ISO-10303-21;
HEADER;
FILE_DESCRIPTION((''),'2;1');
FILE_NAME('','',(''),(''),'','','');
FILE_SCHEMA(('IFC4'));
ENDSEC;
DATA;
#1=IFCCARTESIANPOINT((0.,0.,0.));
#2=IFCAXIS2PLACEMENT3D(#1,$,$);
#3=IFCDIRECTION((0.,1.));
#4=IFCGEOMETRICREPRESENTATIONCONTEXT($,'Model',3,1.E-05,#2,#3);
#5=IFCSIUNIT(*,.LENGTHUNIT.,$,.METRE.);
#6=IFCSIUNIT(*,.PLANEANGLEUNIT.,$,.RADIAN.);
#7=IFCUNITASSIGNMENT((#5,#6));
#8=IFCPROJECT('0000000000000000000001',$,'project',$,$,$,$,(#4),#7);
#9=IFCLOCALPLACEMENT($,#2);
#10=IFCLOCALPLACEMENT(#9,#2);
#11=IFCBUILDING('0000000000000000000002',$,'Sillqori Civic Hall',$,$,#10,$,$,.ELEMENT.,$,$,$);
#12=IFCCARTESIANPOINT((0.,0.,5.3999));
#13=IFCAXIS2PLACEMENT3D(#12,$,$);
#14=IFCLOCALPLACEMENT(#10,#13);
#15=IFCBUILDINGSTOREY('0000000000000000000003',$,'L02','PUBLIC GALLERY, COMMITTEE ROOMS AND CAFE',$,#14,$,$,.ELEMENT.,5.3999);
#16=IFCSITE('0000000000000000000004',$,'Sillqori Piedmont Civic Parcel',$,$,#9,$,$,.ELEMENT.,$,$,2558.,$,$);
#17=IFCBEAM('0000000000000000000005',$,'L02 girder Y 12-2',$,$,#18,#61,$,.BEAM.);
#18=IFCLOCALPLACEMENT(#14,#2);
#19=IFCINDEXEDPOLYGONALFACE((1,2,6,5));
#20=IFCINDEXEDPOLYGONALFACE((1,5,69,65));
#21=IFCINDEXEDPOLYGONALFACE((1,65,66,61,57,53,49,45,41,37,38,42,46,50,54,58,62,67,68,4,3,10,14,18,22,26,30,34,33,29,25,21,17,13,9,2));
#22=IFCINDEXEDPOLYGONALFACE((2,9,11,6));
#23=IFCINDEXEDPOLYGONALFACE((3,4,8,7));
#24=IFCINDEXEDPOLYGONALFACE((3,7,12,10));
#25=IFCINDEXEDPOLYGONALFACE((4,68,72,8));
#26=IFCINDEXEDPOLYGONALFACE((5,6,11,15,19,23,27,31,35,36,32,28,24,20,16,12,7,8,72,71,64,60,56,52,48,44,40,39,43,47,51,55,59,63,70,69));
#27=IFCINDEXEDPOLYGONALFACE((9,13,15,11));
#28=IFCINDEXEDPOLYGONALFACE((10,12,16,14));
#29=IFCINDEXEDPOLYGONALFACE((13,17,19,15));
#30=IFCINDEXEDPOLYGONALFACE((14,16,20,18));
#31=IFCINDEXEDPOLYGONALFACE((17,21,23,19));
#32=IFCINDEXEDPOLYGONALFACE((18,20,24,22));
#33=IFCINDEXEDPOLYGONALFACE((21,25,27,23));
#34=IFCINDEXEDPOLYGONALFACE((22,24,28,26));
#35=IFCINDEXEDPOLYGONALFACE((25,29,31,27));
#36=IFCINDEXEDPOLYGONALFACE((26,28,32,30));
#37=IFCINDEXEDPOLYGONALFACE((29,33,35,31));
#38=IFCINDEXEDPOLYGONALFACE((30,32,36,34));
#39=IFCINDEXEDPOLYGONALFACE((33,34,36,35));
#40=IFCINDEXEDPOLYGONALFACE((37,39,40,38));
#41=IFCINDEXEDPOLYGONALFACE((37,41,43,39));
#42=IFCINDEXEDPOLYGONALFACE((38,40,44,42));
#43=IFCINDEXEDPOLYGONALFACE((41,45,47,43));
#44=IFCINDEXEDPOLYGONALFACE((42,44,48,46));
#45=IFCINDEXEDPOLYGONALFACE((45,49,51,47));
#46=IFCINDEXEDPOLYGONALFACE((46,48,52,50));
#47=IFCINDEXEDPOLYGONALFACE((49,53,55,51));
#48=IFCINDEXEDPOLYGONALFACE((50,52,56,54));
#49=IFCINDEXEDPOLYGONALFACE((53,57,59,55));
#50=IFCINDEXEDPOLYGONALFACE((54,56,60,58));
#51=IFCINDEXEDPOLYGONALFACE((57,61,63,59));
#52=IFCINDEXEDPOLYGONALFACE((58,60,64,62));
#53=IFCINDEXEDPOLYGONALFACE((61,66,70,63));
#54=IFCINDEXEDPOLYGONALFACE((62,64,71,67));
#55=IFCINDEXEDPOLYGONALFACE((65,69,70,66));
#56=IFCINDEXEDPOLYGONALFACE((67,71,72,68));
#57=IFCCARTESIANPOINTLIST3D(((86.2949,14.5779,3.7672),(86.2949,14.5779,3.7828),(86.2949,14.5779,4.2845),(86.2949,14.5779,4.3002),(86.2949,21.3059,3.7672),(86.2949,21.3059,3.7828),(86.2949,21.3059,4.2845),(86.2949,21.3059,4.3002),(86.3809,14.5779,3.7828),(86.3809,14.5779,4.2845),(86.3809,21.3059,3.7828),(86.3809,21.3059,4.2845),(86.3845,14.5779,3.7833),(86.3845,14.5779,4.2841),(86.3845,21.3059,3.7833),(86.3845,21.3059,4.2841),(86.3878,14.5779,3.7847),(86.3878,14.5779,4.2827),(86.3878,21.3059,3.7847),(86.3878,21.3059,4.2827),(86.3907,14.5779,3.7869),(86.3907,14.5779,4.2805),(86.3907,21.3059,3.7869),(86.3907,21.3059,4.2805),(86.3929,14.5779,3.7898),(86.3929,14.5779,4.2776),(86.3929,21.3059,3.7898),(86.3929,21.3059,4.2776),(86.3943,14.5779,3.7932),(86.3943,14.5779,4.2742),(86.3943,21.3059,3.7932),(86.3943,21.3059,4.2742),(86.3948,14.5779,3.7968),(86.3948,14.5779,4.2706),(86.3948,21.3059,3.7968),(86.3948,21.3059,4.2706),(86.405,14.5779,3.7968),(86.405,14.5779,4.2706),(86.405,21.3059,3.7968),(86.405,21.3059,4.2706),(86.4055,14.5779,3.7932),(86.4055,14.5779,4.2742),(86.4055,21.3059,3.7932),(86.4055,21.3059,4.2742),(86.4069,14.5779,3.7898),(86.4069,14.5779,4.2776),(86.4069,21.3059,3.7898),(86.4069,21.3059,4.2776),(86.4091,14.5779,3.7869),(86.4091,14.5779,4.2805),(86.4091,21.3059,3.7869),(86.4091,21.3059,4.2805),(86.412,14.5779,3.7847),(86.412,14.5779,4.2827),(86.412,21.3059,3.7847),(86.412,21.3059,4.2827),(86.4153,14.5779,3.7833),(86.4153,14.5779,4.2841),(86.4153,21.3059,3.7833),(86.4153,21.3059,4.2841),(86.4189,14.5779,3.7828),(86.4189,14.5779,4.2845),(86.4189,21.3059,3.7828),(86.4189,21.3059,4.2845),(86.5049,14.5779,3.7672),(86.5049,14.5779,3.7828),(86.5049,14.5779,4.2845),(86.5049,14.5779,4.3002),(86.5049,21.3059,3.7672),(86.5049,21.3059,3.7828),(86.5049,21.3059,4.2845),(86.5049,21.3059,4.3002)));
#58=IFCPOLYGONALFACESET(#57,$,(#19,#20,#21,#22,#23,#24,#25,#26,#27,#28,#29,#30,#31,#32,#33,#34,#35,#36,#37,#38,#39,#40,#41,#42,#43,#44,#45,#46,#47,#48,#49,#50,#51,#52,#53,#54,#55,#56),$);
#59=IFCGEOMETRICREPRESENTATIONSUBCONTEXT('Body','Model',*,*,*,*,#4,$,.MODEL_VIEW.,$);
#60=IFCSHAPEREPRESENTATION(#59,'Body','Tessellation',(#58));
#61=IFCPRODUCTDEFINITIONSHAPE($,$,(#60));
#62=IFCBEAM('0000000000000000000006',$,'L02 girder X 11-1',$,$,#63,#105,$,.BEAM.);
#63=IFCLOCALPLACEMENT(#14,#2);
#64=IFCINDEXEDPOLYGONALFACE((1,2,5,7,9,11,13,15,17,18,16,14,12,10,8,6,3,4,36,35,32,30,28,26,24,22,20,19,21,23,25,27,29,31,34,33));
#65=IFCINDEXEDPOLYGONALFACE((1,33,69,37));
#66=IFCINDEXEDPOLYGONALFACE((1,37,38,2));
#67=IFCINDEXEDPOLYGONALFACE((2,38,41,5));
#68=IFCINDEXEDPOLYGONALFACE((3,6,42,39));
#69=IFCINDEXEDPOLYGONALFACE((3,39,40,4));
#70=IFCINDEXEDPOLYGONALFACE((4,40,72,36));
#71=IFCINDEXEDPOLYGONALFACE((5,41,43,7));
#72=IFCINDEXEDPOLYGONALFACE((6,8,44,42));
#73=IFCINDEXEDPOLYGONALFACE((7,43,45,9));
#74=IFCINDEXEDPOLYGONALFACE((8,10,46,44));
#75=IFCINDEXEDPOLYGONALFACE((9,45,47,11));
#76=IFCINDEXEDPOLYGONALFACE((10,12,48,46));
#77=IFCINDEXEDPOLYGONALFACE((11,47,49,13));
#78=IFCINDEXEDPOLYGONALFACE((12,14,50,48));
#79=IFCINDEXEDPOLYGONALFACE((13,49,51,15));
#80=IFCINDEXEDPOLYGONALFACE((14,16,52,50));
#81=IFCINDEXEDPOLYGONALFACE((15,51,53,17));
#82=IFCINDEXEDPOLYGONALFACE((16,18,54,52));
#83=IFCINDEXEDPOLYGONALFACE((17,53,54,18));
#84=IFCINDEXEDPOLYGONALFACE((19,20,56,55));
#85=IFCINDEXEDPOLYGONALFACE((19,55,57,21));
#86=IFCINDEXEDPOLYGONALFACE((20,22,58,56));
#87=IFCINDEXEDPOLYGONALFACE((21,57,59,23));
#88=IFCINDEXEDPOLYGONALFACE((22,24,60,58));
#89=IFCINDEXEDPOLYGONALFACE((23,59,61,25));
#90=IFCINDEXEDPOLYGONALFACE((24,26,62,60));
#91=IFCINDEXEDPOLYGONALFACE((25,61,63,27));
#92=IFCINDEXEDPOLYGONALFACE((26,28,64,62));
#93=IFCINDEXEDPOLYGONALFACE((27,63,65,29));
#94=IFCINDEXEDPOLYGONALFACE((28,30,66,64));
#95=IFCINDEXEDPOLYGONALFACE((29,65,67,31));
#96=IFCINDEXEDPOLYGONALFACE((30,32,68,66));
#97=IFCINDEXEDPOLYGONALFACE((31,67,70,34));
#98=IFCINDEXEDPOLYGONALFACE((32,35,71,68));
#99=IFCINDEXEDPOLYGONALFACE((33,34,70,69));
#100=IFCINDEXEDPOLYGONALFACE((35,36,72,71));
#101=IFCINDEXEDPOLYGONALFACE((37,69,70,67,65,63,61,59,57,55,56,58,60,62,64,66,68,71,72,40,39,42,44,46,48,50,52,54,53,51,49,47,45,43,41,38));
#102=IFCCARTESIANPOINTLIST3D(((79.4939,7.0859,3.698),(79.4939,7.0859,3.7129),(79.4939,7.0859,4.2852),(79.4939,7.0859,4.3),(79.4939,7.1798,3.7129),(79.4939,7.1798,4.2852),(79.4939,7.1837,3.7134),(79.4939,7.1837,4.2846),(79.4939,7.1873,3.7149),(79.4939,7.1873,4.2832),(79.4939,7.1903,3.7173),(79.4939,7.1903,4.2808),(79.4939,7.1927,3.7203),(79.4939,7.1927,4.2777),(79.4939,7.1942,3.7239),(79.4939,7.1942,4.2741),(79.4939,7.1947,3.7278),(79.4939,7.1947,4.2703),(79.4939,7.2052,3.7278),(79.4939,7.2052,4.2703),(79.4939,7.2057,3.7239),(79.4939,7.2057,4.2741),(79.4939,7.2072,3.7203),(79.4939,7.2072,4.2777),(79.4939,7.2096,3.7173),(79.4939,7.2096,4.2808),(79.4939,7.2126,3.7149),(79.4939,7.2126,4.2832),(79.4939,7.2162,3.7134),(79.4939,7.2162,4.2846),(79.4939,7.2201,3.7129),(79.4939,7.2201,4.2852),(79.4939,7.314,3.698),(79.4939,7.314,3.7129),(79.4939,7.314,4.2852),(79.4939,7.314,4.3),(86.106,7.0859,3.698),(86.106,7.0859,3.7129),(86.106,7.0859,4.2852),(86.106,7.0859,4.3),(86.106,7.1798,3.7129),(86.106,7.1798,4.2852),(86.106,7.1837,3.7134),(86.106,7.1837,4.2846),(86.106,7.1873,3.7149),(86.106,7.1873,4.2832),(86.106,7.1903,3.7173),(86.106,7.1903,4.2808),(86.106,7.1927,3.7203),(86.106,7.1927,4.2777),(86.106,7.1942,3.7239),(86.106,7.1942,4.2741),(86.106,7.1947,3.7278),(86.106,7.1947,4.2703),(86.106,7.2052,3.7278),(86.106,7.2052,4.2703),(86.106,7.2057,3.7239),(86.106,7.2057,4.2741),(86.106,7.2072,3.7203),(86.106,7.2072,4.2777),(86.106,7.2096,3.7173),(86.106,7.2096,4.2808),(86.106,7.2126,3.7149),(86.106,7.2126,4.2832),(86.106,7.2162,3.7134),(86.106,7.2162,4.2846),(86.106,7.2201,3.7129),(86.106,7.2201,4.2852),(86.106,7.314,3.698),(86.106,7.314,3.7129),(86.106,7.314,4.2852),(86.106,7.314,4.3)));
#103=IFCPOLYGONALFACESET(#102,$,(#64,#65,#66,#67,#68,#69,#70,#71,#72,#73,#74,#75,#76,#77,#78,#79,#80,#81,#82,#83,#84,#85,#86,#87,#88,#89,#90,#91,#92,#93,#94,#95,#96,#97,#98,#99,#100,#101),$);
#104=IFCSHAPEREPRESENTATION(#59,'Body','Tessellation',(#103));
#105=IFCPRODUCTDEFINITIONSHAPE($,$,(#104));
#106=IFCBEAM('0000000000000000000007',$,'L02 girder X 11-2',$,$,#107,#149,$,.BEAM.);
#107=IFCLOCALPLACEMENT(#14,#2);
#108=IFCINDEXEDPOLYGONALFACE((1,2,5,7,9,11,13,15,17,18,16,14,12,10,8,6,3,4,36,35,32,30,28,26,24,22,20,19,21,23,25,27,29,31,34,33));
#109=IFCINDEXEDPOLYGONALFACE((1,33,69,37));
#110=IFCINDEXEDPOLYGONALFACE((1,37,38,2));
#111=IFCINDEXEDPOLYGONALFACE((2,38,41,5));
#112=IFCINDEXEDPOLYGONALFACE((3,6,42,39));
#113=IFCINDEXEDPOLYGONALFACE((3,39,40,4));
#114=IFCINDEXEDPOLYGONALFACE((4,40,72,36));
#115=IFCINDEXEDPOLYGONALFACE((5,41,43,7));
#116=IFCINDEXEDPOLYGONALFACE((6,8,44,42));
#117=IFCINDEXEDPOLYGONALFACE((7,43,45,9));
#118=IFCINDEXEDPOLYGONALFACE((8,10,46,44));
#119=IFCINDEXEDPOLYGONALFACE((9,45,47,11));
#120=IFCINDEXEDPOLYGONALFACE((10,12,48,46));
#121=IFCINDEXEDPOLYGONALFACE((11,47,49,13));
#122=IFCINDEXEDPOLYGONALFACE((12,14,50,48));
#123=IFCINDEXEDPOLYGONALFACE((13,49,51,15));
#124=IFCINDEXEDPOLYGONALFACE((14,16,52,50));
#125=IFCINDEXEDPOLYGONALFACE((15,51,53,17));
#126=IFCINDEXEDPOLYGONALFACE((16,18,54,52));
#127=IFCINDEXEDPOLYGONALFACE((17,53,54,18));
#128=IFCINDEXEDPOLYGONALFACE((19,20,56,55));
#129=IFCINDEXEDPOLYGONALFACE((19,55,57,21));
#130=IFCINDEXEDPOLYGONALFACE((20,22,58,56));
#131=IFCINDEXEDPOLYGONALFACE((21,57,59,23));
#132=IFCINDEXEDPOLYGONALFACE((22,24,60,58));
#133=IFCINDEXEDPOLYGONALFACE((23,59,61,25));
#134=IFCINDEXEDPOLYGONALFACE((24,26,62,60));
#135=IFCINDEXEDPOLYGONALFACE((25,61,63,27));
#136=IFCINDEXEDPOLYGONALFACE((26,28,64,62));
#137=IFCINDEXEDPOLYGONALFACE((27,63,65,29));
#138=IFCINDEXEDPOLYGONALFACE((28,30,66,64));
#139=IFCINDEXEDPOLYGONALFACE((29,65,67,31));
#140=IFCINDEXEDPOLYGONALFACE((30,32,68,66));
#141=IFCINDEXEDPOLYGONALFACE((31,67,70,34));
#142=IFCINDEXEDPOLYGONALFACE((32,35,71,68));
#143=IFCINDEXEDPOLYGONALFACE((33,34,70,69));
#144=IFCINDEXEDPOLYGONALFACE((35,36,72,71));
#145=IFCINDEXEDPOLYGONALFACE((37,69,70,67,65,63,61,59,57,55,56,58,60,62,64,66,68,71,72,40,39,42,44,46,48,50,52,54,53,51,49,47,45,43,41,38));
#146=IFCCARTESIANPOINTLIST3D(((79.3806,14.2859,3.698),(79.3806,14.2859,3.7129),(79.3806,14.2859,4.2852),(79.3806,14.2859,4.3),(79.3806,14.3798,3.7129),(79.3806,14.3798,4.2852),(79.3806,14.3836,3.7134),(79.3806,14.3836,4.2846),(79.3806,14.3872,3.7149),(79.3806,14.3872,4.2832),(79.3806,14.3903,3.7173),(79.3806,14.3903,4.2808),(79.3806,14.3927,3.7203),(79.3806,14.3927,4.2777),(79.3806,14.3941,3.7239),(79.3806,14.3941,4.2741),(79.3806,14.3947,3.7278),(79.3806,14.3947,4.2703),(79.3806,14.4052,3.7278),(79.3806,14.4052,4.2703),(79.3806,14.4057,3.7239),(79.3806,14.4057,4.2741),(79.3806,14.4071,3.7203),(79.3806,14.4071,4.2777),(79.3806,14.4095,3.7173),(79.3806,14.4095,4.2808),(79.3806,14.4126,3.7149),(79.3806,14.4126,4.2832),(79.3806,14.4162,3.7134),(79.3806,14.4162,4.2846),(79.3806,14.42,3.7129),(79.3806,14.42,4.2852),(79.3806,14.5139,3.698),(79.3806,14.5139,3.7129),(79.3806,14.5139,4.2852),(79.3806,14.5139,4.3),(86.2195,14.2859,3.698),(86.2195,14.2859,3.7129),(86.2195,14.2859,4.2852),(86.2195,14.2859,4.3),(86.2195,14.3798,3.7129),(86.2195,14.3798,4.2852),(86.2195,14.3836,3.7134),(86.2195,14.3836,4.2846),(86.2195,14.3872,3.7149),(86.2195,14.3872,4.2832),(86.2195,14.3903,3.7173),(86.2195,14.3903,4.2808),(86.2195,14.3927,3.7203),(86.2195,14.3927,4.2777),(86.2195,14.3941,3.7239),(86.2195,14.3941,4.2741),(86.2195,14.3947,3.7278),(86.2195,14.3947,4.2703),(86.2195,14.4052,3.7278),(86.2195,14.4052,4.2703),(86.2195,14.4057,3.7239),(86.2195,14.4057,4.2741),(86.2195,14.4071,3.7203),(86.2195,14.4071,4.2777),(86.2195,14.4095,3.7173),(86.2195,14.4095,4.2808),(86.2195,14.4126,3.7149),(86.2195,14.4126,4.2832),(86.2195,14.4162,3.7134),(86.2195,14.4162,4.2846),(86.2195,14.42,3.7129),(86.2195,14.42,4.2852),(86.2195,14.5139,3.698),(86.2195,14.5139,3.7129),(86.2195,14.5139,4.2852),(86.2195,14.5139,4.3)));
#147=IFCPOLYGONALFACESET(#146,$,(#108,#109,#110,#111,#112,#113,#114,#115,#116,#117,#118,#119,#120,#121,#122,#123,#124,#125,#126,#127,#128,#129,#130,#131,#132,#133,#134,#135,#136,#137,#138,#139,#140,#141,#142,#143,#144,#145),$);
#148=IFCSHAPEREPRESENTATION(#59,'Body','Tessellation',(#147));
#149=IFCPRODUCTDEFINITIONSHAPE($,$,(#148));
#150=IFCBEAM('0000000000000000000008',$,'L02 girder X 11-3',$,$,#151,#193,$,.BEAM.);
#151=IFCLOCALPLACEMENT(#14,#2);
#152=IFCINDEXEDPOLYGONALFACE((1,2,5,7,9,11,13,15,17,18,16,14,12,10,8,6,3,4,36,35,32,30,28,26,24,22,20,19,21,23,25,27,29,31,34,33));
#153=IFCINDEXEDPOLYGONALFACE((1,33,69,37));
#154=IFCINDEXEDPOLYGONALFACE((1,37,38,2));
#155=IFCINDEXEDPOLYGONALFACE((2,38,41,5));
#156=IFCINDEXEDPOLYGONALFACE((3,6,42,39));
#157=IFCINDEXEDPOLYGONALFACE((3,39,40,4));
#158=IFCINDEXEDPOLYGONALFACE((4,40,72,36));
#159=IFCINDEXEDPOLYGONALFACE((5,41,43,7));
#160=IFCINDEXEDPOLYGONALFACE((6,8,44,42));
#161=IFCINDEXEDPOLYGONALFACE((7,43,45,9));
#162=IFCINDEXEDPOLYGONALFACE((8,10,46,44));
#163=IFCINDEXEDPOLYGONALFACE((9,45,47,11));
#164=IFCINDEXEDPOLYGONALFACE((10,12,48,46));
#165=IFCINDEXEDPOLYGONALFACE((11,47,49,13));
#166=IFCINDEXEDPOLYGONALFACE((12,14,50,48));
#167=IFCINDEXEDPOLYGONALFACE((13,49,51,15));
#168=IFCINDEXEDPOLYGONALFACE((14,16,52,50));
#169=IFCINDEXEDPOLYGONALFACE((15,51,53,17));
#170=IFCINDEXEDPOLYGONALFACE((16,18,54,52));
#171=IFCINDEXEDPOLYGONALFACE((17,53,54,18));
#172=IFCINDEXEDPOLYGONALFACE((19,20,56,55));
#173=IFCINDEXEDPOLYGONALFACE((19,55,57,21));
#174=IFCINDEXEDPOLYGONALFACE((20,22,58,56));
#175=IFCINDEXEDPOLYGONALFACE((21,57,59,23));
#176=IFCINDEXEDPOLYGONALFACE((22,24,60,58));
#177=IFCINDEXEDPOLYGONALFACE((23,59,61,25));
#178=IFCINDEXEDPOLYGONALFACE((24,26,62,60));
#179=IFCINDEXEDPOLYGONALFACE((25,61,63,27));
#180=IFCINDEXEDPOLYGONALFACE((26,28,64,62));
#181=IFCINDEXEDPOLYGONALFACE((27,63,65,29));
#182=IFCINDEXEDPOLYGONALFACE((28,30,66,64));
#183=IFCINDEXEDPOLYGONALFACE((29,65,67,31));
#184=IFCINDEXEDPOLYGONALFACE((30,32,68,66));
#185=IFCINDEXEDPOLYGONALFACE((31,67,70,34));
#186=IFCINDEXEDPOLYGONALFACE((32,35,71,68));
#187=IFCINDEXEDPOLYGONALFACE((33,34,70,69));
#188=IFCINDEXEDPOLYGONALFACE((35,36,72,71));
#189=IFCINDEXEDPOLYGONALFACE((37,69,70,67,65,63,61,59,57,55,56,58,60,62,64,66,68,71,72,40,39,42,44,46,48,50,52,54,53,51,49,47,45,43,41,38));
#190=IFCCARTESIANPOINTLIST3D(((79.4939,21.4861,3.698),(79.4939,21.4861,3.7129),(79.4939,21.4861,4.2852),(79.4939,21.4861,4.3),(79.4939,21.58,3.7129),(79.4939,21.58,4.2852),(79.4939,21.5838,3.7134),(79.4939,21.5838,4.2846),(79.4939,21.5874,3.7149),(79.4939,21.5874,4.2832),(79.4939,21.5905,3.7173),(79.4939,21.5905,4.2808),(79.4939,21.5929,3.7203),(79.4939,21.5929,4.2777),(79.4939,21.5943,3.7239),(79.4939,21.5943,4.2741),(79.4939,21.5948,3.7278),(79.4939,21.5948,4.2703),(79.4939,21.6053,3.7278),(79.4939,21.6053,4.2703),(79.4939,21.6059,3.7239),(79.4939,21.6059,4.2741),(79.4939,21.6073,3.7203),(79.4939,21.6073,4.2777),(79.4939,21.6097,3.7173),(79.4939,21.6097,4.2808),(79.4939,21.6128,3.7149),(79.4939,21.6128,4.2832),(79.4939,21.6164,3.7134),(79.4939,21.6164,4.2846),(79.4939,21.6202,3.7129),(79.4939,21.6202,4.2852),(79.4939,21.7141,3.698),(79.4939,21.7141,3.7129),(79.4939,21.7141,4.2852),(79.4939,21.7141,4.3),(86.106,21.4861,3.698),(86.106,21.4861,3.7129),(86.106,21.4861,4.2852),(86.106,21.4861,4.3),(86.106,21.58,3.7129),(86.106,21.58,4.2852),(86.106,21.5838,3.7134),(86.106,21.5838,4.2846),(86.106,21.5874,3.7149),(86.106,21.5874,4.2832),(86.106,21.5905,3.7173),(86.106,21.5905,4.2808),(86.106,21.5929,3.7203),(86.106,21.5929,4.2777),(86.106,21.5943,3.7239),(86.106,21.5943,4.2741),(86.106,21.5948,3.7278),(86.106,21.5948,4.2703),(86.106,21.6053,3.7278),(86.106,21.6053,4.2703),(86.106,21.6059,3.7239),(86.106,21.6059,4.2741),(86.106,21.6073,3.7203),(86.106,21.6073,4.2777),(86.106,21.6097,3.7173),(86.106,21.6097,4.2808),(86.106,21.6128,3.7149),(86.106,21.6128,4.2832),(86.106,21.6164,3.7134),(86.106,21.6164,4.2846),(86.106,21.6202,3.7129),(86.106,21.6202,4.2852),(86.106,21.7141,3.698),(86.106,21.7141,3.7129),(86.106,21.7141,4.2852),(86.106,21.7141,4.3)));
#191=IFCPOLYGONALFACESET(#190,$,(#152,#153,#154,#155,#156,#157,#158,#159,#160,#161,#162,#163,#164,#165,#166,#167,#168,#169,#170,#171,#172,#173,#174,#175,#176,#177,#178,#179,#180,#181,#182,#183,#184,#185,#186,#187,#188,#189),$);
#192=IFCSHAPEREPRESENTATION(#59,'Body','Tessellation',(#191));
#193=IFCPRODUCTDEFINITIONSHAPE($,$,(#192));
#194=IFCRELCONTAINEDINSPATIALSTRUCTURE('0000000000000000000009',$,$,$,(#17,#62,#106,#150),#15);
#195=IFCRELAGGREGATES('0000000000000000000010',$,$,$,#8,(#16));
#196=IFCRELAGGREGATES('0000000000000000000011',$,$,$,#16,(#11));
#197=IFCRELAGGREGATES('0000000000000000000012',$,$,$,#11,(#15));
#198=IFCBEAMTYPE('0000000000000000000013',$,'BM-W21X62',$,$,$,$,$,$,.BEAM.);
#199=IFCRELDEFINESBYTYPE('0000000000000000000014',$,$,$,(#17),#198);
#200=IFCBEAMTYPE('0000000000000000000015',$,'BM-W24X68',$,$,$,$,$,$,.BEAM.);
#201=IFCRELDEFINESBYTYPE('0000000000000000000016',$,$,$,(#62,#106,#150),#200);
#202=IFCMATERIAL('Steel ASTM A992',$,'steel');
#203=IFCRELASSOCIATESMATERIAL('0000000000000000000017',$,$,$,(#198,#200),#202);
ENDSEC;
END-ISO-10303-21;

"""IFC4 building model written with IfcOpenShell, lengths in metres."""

from ifc_helpers import new_model, si_unit, direction, frame, origin, origin_2d, place, context, subcontext, project, spatial, i_section, extrude, material, material_profile, profile_set, type_object, element, save


model = new_model("IFC4")

# Units and contexts
model_context = context("Model", 3, precision=1e-05, world=origin(), true_north=direction((0.0, 1.0)))
body_context = subcontext(model_context, "Body", "Model", "MODEL_VIEW")
ifc_project = project(units=[si_unit("LENGTHUNIT", "METRE"), si_unit("PLANEANGLEUNIT", "RADIAN")], contexts=[model_context])

# Site, building, storey
site_placement = place(None, origin())
site = spatial("IfcSite", under=ifc_project, at=site_placement, Name="Sillqori Piedmont Civic Parcel", CompositionType="ELEMENT", RefElevation=2558.0)
building_placement = place(site_placement, origin())
building = spatial("IfcBuilding", under=site, at=building_placement, Name="Sillqori Civic Hall", CompositionType="ELEMENT")
storey_placement = place(building_placement, frame((0.0, 0.0, 5.3999)))
storey = spatial("IfcBuildingStorey", under=building, at=storey_placement, Name="L02", Description="PUBLIC GALLERY, COMMITTEE ROOMS AND CAFE", CompositionType="ELEMENT", Elevation=5.3999)

# Shared definitions
ifc_material_1 = material(Name="Steel ASTM A992", Category="steel")

# Beams
ifc_material_profile_1 = material_profile(ifc_material_1, i_section(OverallWidth=0.21, OverallDepth=0.533, WebThickness=0.0103, FlangeThickness=0.0156, FilletRadius=0.0139, at=origin_2d()), Name="W21X62")
ifc_profile_set_1 = profile_set([ifc_material_profile_1], Name="Steel ASTM A992")
beam_type_1 = type_object("IfcBeamType", Name="BM-W21X62", PredefinedType="BEAM", material=ifc_profile_set_1)
for number, where, z_axis, x_axis, name in (
    (1, (86.3999, 14.5779, 4.0337), (0.0, 1.0, 0.0), (-1.0, 0.0, 0.0), "L02 girder Y 12-2"),
):
    element("IfcBeam", number, at=place(storey_placement, frame(where, z_axis=z_axis, x_axis=x_axis)), inside=storey, type_object=beam_type_1, Name=name, PredefinedType="BEAM", context=body_context, shape_type="SweptSolid", body=[
        extrude(i_section(OverallWidth=0.21, OverallDepth=0.533, WebThickness=0.0103, FlangeThickness=0.0156, FilletRadius=0.0139, at=origin_2d()), origin(), (0.0, 0.0, 1.0), 6.728),
    ])
ifc_material_profile_2 = material_profile(ifc_material_1, i_section(OverallWidth=0.228, OverallDepth=0.6021, WebThickness=0.0105, FlangeThickness=0.0149, FilletRadius=0.0149, at=origin_2d()), Name="W24X68")
ifc_profile_set_2 = profile_set([ifc_material_profile_2], Name="Steel ASTM A992")
beam_type_2 = type_object("IfcBeamType", Name="BM-W24X68", PredefinedType="BEAM", material=ifc_profile_set_2)
beam_1_placement = place(storey_placement, frame((79.4939, 7.2, 3.999), z_axis=(1.0, 0.0, 0.0), x_axis=(0.0, 1.0, 0.0)))
element("IfcBeam", 2, at=beam_1_placement, inside=storey, type_object=beam_type_2, Name="L02 girder X 11-1", PredefinedType="BEAM", context=body_context, shape_type="SweptSolid", body=[
    extrude(i_section(OverallWidth=0.228, OverallDepth=0.6021, WebThickness=0.0105, FlangeThickness=0.0149, FilletRadius=0.0149, at=origin_2d()), origin(), (0.0, 0.0, 1.0), 6.6121),
])
beam_2_placement = place(storey_placement, frame((79.3806, 14.3999, 3.999), z_axis=(1.0, 0.0, 0.0), x_axis=(0.0, 1.0, 0.0)))
element("IfcBeam", 3, at=beam_2_placement, inside=storey, type_object=beam_type_2, Name="L02 girder X 11-2", PredefinedType="BEAM", context=body_context, shape_type="SweptSolid", body=[
    extrude(i_section(OverallWidth=0.228, OverallDepth=0.6021, WebThickness=0.0105, FlangeThickness=0.0149, FilletRadius=0.0149, at=origin_2d()), origin(), (0.0, 0.0, 1.0), 6.8389),
])
beam_3_placement = place(storey_placement, frame((79.4939, 21.6001, 3.999), z_axis=(1.0, 0.0, 0.0), x_axis=(0.0, 1.0, 0.0)))
element("IfcBeam", 4, at=beam_3_placement, inside=storey, type_object=beam_type_2, Name="L02 girder X 11-3", PredefinedType="BEAM", context=body_context, shape_type="SweptSolid", body=[
    extrude(i_section(OverallWidth=0.228, OverallDepth=0.6021, WebThickness=0.0105, FlangeThickness=0.0149, FilletRadius=0.0149, at=origin_2d()), origin(), (0.0, 0.0, 1.0), 6.6121),
])

save(model, "model.ifc")
